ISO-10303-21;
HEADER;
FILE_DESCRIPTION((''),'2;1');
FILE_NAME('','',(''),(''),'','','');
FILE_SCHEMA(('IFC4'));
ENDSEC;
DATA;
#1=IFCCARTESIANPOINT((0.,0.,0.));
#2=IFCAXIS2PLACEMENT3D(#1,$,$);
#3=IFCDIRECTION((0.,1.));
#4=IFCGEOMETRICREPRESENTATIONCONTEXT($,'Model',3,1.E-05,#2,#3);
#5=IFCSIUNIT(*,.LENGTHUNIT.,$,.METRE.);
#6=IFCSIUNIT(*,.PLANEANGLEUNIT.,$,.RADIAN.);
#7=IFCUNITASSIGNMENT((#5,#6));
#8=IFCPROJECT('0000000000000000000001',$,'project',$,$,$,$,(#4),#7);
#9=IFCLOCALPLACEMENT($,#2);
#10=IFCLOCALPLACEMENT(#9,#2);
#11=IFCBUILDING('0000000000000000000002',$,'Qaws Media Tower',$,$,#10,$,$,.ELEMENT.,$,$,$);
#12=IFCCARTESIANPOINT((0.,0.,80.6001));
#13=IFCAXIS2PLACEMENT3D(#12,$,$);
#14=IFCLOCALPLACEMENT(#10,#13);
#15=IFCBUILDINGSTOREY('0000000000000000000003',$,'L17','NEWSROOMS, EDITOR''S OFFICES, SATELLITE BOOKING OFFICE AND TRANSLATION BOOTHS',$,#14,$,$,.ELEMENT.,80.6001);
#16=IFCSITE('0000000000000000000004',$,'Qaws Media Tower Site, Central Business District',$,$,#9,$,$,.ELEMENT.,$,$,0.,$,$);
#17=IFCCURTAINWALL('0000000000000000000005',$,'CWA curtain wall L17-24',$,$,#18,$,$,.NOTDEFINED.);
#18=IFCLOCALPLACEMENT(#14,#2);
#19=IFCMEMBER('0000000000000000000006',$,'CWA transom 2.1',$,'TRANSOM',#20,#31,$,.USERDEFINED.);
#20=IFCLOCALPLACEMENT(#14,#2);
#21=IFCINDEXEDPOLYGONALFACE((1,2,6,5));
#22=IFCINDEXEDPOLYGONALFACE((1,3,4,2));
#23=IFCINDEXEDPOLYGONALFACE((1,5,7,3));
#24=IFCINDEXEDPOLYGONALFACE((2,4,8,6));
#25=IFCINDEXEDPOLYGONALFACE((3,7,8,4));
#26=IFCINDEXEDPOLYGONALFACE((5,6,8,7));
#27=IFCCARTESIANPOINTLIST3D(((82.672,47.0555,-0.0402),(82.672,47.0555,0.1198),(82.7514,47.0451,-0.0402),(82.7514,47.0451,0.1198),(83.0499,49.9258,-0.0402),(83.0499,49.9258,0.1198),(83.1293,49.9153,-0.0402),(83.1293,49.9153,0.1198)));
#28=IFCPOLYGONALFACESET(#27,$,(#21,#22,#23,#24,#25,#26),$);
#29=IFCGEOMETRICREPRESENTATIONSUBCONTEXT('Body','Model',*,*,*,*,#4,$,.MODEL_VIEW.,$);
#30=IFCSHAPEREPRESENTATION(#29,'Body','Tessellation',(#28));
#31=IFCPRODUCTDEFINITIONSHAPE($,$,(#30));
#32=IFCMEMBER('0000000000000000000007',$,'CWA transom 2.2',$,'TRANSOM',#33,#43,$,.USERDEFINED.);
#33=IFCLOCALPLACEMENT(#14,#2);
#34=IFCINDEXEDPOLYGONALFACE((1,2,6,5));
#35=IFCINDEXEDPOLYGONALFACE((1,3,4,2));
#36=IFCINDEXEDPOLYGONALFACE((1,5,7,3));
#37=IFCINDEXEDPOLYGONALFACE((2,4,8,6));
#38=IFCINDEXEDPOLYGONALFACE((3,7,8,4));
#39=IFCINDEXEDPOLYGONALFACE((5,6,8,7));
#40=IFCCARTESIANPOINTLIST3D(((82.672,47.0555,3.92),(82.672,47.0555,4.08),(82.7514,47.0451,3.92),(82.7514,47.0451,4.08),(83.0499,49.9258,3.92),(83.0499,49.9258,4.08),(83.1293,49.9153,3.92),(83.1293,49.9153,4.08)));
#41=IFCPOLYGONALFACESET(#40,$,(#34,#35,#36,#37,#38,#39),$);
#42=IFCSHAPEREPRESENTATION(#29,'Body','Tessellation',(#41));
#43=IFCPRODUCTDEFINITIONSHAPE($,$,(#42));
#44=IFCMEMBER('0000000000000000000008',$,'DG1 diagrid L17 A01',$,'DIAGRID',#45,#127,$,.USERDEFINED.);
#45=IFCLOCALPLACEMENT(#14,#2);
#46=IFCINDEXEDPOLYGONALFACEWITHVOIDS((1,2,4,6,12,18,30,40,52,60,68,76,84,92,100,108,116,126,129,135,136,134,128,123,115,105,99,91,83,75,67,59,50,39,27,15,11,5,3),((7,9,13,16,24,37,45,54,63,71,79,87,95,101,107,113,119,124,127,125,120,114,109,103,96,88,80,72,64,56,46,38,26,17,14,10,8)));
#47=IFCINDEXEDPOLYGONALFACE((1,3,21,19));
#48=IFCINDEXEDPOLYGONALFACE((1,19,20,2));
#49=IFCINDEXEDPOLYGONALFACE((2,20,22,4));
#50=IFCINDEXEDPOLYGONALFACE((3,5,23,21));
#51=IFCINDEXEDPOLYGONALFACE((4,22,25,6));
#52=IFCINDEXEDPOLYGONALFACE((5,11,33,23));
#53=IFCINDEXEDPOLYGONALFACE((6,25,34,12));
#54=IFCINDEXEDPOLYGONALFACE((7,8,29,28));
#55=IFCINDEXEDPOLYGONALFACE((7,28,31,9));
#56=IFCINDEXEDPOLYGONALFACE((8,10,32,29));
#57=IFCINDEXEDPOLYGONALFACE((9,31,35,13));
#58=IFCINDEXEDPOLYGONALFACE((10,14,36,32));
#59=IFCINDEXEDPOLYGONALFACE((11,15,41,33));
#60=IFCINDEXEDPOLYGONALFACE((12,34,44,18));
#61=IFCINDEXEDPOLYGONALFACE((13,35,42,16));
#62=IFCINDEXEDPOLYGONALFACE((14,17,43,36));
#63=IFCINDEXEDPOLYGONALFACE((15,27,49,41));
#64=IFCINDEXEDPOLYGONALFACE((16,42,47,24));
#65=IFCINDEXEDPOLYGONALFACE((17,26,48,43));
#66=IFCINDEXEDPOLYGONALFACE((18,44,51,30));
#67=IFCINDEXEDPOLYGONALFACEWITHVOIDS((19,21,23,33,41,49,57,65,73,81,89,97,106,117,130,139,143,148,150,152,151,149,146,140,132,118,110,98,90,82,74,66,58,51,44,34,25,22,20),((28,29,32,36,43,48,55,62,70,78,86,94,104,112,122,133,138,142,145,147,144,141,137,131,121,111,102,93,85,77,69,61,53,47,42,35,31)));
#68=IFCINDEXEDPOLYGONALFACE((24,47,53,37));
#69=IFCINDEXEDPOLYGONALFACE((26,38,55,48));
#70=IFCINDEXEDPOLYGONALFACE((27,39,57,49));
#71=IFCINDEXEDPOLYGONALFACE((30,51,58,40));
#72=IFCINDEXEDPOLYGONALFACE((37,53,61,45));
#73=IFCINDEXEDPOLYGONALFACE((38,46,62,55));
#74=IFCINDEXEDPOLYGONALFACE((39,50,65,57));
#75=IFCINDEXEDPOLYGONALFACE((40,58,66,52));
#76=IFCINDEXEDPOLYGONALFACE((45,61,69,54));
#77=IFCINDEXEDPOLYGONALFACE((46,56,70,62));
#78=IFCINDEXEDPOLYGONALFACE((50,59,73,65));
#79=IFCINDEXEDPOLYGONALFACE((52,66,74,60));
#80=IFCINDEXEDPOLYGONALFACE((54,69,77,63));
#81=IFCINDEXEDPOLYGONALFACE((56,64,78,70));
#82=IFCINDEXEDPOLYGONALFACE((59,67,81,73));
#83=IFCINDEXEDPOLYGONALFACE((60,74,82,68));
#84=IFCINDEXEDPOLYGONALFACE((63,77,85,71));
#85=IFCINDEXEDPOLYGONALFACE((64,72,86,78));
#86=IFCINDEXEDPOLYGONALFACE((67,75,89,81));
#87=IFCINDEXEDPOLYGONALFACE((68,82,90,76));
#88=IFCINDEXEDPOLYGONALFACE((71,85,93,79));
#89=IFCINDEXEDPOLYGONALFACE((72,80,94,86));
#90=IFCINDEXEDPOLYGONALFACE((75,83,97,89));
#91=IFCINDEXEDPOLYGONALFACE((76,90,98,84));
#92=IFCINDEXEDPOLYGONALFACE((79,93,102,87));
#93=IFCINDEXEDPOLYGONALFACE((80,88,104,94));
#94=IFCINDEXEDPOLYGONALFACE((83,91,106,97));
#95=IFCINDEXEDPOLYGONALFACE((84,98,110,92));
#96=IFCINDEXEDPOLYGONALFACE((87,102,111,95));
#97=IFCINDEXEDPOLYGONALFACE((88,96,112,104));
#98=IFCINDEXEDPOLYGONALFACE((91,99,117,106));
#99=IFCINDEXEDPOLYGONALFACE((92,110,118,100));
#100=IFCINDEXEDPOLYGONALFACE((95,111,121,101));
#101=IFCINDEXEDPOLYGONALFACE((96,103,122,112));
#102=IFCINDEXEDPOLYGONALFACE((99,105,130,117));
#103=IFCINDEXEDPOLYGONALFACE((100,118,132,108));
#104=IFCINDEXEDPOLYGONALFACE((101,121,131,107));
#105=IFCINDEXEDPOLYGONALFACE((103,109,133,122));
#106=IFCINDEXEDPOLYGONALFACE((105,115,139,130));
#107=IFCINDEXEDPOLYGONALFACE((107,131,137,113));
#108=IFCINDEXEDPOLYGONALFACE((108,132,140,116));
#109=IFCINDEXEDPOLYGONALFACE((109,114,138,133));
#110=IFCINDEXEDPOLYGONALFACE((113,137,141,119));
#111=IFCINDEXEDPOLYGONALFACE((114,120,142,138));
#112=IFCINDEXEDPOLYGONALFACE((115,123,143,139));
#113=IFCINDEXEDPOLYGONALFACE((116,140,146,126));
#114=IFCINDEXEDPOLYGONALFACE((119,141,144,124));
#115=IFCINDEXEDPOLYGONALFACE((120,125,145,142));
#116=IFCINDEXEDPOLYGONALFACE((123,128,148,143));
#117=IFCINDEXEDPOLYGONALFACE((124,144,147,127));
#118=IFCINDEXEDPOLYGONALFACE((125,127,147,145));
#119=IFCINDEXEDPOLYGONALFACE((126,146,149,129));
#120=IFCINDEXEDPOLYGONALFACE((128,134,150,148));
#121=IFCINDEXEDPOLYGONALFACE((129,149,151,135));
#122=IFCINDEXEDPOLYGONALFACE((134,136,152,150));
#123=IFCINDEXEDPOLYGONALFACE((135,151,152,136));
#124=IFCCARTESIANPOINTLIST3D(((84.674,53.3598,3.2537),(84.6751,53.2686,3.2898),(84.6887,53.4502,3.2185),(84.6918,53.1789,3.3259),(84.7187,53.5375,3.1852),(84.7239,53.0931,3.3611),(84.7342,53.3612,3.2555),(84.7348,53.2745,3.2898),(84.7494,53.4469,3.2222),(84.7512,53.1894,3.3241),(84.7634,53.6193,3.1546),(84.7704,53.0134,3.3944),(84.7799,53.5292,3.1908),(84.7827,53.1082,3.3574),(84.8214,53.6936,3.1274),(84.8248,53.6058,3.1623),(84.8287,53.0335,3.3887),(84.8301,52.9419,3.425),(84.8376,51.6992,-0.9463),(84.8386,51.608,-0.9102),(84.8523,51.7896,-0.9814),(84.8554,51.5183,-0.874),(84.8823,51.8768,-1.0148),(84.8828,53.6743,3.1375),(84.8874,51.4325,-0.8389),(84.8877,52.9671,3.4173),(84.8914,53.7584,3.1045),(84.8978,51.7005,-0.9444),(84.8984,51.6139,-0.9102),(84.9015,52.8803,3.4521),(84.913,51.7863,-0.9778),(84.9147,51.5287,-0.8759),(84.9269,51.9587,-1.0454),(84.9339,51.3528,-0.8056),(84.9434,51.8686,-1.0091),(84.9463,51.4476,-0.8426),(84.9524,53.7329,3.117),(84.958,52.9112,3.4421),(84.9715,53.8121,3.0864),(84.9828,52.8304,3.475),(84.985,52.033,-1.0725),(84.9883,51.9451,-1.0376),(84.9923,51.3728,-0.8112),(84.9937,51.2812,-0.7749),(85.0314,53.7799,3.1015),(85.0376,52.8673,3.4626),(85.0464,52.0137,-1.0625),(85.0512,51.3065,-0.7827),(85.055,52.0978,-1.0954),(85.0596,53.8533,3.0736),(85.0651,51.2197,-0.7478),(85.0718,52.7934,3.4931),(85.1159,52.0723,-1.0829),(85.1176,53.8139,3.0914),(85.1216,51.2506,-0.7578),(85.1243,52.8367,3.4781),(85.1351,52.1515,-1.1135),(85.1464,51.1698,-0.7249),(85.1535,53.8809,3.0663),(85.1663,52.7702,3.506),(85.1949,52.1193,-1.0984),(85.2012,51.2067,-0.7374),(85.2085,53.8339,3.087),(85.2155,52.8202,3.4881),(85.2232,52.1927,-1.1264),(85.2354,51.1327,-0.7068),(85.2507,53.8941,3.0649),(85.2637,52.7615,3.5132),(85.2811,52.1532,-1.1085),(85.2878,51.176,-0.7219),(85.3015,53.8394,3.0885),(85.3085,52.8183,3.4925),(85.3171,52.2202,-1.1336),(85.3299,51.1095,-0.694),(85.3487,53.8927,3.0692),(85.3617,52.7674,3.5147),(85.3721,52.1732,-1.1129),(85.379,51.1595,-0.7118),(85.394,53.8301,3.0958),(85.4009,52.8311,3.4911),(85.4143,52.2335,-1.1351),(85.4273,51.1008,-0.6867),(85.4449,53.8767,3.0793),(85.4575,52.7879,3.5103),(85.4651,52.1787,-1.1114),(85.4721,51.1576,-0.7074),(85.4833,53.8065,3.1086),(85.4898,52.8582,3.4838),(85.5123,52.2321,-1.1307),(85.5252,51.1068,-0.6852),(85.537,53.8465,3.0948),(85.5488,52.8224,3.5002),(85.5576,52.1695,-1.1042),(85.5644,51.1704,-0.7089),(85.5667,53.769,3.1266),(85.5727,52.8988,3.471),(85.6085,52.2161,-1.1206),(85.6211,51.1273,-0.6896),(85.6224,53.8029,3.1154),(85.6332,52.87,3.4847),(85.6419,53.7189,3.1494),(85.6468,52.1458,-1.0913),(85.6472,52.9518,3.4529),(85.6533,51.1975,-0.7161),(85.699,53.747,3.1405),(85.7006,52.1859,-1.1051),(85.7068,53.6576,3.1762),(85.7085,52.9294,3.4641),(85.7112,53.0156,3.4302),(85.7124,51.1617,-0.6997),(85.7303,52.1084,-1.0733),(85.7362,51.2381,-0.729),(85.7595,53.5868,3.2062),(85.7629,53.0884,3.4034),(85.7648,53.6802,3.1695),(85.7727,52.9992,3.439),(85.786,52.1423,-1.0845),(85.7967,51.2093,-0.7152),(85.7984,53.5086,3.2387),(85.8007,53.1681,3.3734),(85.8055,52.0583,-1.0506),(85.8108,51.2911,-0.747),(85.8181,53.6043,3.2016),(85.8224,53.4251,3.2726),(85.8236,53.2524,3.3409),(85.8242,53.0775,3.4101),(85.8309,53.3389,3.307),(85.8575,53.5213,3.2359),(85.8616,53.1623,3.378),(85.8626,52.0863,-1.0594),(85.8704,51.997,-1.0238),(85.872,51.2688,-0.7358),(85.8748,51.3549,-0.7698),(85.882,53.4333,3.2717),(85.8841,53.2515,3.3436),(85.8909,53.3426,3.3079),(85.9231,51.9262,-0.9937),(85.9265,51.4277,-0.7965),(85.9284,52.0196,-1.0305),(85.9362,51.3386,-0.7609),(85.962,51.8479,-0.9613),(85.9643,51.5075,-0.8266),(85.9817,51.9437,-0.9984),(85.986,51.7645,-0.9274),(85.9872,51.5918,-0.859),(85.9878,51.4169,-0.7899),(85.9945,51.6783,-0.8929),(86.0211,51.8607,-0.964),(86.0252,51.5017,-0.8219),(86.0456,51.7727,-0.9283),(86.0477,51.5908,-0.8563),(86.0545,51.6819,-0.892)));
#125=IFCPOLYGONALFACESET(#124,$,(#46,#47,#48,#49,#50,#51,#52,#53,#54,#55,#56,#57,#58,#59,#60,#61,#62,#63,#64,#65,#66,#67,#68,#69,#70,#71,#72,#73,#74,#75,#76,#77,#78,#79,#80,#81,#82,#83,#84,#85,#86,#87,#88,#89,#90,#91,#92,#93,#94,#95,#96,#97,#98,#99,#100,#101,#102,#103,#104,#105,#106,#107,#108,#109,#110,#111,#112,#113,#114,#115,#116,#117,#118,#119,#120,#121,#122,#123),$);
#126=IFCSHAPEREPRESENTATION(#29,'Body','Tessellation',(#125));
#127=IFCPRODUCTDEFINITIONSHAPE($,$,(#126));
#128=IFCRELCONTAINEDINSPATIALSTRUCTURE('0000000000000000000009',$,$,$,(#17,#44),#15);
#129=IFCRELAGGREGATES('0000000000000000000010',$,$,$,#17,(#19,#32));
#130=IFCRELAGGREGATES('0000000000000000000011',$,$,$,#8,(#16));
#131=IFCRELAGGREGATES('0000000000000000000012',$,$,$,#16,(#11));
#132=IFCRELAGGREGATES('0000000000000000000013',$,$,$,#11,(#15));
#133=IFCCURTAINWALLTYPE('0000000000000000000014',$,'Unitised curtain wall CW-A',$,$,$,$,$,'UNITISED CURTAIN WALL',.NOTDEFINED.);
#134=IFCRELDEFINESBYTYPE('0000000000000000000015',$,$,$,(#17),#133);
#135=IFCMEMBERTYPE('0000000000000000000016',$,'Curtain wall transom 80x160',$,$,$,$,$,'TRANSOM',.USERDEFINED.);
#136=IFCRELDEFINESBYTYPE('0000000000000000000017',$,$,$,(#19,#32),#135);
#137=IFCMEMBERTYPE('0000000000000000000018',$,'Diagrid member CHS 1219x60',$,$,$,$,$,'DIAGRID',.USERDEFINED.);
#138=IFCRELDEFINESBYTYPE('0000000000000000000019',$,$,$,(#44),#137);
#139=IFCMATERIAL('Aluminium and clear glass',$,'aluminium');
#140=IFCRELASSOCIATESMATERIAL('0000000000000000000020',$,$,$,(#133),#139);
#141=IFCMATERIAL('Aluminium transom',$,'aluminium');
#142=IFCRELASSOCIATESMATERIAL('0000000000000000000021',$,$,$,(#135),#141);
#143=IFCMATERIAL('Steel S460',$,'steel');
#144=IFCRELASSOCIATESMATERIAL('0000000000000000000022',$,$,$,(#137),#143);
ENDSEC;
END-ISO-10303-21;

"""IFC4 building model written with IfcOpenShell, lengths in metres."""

from ifc_helpers import new_model, si_unit, direction, frame, origin, origin_2d, place, context, subcontext, project, spatial, rectangle, hollow_circle, extrude, material, material_profile, profile_set, type_object, element, aggregate, save


model = new_model("IFC4")

# Units and contexts
model_context = context("Model", 3, precision=1e-05, world=origin(), true_north=direction((0.0, 1.0)))
body_context = subcontext(model_context, "Body", "Model", "MODEL_VIEW")
ifc_project = project(units=[si_unit("LENGTHUNIT", "METRE"), si_unit("PLANEANGLEUNIT", "RADIAN")], contexts=[model_context])

# Site, building, storey
site_placement = place(None, origin())
site = spatial("IfcSite", under=ifc_project, at=site_placement, Name="Qaws Media Tower Site, Central Business District", CompositionType="ELEMENT", RefElevation=0.0)
building_placement = place(site_placement, origin())
building = spatial("IfcBuilding", under=site, at=building_placement, Name="Qaws Media Tower", CompositionType="ELEMENT")
storey_placement = place(building_placement, frame((0.0, 0.0, 80.6001)))
storey = spatial("IfcBuildingStorey", under=building, at=storey_placement, Name="L17", Description="NEWSROOMS, EDITOR'S OFFICES, SATELLITE BOOKING OFFICE AND TRANSLATION BOOTHS", CompositionType="ELEMENT", Elevation=80.6001)

# Shared definitions
ifc_material_1 = material(Name="Aluminium and clear glass", Category="aluminium")
curtain_wall_type = type_object("IfcCurtainWallType", Name="Unitised curtain wall CW-A", ElementType="UNITISED CURTAIN WALL", PredefinedType="NOTDEFINED", material=ifc_material_1)

# Curtain wall
curtain_wall_1_placement = place(storey_placement, origin())
curtain_wall_1 = element("IfcCurtainWall", 1, at=curtain_wall_1_placement, inside=storey, type_object=curtain_wall_type, Name="CWA curtain wall L17-24", PredefinedType="NOTDEFINED")

# Members
ifc_material_2 = material(Name="Aluminium transom", Category="aluminium")
ifc_material_profile_1 = material_profile(ifc_material_2, rectangle(XDim=0.0801, YDim=0.1599, at=origin_2d()), Name="80x160")
ifc_profile_set_1 = profile_set([ifc_material_profile_1], Name="Aluminium transom")
member_type_1 = type_object("IfcMemberType", Name="Curtain wall transom 80x160", ElementType="TRANSOM", PredefinedType="USERDEFINED", material=ifc_profile_set_1)
member_1_placement = place(storey_placement, frame((82.7117, 47.0503, 0.0398), z_axis=(0.13054, 0.991443, 0.0), x_axis=(-0.991443, 0.13054, 0.0)))
member_1 = element("IfcMember", 2, at=member_1_placement, type_object=member_type_1, Name="CWA transom 2.1", ObjectType="TRANSOM", PredefinedType="USERDEFINED", context=body_context, shape_type="SweptSolid", body=[
    extrude(rectangle(XDim=0.0801, YDim=0.1599, at=origin_2d()), origin(), (0.0, 0.0, 1.0), 2.895),
])
member_2_placement = place(storey_placement, frame((82.7117, 47.0503, 4.0), z_axis=(0.13054, 0.991443, 0.0), x_axis=(-0.991443, 0.13054, 0.0)))
member_2 = element("IfcMember", 3, at=member_2_placement, type_object=member_type_1, Name="CWA transom 2.2", ObjectType="TRANSOM", PredefinedType="USERDEFINED", context=body_context, shape_type="SweptSolid", body=[
    extrude(rectangle(XDim=0.0801, YDim=0.1599, at=origin_2d()), origin(), (0.0, 0.0, 1.0), 2.895),
])

# Member
ifc_material_3 = material(Name="Steel S460", Category="steel")
ifc_material_profile_2 = material_profile(ifc_material_3, hollow_circle(Radius=0.6096, WallThickness=0.0601, at=origin_2d()), Name="CHS 1219x60")
ifc_profile_set_2 = profile_set([ifc_material_profile_2], Name="Steel S460")
member_type_2 = type_object("IfcMemberType", Name="Diagrid member CHS 1219x60", ElementType="DIAGRID", PredefinedType="USERDEFINED", material=ifc_profile_set_2)
for number, where, z_axis, x_axis, name in (
    (4, (85.4453, 51.6677, -0.9102), (-0.036195, 0.367456, 0.929336), (-0.995184, -0.098026, 0.0), "DG1 diagrid L17 A01"),
):
    element("IfcMember", number, at=place(storey_placement, frame(where, z_axis=z_axis, x_axis=x_axis)), inside=storey, type_object=member_type_2, Name=name, ObjectType="DIAGRID", PredefinedType="USERDEFINED", context=body_context, shape_type="SweptSolid", body=[
        extrude(hollow_circle(Radius=0.6096, WallThickness=0.0601, at=origin_2d()), origin(), (0.0, 0.0, 1.0), 4.5193),
    ])

aggregate(curtain_wall_1, [member_1, member_2])

save(model, "model.ifc")
